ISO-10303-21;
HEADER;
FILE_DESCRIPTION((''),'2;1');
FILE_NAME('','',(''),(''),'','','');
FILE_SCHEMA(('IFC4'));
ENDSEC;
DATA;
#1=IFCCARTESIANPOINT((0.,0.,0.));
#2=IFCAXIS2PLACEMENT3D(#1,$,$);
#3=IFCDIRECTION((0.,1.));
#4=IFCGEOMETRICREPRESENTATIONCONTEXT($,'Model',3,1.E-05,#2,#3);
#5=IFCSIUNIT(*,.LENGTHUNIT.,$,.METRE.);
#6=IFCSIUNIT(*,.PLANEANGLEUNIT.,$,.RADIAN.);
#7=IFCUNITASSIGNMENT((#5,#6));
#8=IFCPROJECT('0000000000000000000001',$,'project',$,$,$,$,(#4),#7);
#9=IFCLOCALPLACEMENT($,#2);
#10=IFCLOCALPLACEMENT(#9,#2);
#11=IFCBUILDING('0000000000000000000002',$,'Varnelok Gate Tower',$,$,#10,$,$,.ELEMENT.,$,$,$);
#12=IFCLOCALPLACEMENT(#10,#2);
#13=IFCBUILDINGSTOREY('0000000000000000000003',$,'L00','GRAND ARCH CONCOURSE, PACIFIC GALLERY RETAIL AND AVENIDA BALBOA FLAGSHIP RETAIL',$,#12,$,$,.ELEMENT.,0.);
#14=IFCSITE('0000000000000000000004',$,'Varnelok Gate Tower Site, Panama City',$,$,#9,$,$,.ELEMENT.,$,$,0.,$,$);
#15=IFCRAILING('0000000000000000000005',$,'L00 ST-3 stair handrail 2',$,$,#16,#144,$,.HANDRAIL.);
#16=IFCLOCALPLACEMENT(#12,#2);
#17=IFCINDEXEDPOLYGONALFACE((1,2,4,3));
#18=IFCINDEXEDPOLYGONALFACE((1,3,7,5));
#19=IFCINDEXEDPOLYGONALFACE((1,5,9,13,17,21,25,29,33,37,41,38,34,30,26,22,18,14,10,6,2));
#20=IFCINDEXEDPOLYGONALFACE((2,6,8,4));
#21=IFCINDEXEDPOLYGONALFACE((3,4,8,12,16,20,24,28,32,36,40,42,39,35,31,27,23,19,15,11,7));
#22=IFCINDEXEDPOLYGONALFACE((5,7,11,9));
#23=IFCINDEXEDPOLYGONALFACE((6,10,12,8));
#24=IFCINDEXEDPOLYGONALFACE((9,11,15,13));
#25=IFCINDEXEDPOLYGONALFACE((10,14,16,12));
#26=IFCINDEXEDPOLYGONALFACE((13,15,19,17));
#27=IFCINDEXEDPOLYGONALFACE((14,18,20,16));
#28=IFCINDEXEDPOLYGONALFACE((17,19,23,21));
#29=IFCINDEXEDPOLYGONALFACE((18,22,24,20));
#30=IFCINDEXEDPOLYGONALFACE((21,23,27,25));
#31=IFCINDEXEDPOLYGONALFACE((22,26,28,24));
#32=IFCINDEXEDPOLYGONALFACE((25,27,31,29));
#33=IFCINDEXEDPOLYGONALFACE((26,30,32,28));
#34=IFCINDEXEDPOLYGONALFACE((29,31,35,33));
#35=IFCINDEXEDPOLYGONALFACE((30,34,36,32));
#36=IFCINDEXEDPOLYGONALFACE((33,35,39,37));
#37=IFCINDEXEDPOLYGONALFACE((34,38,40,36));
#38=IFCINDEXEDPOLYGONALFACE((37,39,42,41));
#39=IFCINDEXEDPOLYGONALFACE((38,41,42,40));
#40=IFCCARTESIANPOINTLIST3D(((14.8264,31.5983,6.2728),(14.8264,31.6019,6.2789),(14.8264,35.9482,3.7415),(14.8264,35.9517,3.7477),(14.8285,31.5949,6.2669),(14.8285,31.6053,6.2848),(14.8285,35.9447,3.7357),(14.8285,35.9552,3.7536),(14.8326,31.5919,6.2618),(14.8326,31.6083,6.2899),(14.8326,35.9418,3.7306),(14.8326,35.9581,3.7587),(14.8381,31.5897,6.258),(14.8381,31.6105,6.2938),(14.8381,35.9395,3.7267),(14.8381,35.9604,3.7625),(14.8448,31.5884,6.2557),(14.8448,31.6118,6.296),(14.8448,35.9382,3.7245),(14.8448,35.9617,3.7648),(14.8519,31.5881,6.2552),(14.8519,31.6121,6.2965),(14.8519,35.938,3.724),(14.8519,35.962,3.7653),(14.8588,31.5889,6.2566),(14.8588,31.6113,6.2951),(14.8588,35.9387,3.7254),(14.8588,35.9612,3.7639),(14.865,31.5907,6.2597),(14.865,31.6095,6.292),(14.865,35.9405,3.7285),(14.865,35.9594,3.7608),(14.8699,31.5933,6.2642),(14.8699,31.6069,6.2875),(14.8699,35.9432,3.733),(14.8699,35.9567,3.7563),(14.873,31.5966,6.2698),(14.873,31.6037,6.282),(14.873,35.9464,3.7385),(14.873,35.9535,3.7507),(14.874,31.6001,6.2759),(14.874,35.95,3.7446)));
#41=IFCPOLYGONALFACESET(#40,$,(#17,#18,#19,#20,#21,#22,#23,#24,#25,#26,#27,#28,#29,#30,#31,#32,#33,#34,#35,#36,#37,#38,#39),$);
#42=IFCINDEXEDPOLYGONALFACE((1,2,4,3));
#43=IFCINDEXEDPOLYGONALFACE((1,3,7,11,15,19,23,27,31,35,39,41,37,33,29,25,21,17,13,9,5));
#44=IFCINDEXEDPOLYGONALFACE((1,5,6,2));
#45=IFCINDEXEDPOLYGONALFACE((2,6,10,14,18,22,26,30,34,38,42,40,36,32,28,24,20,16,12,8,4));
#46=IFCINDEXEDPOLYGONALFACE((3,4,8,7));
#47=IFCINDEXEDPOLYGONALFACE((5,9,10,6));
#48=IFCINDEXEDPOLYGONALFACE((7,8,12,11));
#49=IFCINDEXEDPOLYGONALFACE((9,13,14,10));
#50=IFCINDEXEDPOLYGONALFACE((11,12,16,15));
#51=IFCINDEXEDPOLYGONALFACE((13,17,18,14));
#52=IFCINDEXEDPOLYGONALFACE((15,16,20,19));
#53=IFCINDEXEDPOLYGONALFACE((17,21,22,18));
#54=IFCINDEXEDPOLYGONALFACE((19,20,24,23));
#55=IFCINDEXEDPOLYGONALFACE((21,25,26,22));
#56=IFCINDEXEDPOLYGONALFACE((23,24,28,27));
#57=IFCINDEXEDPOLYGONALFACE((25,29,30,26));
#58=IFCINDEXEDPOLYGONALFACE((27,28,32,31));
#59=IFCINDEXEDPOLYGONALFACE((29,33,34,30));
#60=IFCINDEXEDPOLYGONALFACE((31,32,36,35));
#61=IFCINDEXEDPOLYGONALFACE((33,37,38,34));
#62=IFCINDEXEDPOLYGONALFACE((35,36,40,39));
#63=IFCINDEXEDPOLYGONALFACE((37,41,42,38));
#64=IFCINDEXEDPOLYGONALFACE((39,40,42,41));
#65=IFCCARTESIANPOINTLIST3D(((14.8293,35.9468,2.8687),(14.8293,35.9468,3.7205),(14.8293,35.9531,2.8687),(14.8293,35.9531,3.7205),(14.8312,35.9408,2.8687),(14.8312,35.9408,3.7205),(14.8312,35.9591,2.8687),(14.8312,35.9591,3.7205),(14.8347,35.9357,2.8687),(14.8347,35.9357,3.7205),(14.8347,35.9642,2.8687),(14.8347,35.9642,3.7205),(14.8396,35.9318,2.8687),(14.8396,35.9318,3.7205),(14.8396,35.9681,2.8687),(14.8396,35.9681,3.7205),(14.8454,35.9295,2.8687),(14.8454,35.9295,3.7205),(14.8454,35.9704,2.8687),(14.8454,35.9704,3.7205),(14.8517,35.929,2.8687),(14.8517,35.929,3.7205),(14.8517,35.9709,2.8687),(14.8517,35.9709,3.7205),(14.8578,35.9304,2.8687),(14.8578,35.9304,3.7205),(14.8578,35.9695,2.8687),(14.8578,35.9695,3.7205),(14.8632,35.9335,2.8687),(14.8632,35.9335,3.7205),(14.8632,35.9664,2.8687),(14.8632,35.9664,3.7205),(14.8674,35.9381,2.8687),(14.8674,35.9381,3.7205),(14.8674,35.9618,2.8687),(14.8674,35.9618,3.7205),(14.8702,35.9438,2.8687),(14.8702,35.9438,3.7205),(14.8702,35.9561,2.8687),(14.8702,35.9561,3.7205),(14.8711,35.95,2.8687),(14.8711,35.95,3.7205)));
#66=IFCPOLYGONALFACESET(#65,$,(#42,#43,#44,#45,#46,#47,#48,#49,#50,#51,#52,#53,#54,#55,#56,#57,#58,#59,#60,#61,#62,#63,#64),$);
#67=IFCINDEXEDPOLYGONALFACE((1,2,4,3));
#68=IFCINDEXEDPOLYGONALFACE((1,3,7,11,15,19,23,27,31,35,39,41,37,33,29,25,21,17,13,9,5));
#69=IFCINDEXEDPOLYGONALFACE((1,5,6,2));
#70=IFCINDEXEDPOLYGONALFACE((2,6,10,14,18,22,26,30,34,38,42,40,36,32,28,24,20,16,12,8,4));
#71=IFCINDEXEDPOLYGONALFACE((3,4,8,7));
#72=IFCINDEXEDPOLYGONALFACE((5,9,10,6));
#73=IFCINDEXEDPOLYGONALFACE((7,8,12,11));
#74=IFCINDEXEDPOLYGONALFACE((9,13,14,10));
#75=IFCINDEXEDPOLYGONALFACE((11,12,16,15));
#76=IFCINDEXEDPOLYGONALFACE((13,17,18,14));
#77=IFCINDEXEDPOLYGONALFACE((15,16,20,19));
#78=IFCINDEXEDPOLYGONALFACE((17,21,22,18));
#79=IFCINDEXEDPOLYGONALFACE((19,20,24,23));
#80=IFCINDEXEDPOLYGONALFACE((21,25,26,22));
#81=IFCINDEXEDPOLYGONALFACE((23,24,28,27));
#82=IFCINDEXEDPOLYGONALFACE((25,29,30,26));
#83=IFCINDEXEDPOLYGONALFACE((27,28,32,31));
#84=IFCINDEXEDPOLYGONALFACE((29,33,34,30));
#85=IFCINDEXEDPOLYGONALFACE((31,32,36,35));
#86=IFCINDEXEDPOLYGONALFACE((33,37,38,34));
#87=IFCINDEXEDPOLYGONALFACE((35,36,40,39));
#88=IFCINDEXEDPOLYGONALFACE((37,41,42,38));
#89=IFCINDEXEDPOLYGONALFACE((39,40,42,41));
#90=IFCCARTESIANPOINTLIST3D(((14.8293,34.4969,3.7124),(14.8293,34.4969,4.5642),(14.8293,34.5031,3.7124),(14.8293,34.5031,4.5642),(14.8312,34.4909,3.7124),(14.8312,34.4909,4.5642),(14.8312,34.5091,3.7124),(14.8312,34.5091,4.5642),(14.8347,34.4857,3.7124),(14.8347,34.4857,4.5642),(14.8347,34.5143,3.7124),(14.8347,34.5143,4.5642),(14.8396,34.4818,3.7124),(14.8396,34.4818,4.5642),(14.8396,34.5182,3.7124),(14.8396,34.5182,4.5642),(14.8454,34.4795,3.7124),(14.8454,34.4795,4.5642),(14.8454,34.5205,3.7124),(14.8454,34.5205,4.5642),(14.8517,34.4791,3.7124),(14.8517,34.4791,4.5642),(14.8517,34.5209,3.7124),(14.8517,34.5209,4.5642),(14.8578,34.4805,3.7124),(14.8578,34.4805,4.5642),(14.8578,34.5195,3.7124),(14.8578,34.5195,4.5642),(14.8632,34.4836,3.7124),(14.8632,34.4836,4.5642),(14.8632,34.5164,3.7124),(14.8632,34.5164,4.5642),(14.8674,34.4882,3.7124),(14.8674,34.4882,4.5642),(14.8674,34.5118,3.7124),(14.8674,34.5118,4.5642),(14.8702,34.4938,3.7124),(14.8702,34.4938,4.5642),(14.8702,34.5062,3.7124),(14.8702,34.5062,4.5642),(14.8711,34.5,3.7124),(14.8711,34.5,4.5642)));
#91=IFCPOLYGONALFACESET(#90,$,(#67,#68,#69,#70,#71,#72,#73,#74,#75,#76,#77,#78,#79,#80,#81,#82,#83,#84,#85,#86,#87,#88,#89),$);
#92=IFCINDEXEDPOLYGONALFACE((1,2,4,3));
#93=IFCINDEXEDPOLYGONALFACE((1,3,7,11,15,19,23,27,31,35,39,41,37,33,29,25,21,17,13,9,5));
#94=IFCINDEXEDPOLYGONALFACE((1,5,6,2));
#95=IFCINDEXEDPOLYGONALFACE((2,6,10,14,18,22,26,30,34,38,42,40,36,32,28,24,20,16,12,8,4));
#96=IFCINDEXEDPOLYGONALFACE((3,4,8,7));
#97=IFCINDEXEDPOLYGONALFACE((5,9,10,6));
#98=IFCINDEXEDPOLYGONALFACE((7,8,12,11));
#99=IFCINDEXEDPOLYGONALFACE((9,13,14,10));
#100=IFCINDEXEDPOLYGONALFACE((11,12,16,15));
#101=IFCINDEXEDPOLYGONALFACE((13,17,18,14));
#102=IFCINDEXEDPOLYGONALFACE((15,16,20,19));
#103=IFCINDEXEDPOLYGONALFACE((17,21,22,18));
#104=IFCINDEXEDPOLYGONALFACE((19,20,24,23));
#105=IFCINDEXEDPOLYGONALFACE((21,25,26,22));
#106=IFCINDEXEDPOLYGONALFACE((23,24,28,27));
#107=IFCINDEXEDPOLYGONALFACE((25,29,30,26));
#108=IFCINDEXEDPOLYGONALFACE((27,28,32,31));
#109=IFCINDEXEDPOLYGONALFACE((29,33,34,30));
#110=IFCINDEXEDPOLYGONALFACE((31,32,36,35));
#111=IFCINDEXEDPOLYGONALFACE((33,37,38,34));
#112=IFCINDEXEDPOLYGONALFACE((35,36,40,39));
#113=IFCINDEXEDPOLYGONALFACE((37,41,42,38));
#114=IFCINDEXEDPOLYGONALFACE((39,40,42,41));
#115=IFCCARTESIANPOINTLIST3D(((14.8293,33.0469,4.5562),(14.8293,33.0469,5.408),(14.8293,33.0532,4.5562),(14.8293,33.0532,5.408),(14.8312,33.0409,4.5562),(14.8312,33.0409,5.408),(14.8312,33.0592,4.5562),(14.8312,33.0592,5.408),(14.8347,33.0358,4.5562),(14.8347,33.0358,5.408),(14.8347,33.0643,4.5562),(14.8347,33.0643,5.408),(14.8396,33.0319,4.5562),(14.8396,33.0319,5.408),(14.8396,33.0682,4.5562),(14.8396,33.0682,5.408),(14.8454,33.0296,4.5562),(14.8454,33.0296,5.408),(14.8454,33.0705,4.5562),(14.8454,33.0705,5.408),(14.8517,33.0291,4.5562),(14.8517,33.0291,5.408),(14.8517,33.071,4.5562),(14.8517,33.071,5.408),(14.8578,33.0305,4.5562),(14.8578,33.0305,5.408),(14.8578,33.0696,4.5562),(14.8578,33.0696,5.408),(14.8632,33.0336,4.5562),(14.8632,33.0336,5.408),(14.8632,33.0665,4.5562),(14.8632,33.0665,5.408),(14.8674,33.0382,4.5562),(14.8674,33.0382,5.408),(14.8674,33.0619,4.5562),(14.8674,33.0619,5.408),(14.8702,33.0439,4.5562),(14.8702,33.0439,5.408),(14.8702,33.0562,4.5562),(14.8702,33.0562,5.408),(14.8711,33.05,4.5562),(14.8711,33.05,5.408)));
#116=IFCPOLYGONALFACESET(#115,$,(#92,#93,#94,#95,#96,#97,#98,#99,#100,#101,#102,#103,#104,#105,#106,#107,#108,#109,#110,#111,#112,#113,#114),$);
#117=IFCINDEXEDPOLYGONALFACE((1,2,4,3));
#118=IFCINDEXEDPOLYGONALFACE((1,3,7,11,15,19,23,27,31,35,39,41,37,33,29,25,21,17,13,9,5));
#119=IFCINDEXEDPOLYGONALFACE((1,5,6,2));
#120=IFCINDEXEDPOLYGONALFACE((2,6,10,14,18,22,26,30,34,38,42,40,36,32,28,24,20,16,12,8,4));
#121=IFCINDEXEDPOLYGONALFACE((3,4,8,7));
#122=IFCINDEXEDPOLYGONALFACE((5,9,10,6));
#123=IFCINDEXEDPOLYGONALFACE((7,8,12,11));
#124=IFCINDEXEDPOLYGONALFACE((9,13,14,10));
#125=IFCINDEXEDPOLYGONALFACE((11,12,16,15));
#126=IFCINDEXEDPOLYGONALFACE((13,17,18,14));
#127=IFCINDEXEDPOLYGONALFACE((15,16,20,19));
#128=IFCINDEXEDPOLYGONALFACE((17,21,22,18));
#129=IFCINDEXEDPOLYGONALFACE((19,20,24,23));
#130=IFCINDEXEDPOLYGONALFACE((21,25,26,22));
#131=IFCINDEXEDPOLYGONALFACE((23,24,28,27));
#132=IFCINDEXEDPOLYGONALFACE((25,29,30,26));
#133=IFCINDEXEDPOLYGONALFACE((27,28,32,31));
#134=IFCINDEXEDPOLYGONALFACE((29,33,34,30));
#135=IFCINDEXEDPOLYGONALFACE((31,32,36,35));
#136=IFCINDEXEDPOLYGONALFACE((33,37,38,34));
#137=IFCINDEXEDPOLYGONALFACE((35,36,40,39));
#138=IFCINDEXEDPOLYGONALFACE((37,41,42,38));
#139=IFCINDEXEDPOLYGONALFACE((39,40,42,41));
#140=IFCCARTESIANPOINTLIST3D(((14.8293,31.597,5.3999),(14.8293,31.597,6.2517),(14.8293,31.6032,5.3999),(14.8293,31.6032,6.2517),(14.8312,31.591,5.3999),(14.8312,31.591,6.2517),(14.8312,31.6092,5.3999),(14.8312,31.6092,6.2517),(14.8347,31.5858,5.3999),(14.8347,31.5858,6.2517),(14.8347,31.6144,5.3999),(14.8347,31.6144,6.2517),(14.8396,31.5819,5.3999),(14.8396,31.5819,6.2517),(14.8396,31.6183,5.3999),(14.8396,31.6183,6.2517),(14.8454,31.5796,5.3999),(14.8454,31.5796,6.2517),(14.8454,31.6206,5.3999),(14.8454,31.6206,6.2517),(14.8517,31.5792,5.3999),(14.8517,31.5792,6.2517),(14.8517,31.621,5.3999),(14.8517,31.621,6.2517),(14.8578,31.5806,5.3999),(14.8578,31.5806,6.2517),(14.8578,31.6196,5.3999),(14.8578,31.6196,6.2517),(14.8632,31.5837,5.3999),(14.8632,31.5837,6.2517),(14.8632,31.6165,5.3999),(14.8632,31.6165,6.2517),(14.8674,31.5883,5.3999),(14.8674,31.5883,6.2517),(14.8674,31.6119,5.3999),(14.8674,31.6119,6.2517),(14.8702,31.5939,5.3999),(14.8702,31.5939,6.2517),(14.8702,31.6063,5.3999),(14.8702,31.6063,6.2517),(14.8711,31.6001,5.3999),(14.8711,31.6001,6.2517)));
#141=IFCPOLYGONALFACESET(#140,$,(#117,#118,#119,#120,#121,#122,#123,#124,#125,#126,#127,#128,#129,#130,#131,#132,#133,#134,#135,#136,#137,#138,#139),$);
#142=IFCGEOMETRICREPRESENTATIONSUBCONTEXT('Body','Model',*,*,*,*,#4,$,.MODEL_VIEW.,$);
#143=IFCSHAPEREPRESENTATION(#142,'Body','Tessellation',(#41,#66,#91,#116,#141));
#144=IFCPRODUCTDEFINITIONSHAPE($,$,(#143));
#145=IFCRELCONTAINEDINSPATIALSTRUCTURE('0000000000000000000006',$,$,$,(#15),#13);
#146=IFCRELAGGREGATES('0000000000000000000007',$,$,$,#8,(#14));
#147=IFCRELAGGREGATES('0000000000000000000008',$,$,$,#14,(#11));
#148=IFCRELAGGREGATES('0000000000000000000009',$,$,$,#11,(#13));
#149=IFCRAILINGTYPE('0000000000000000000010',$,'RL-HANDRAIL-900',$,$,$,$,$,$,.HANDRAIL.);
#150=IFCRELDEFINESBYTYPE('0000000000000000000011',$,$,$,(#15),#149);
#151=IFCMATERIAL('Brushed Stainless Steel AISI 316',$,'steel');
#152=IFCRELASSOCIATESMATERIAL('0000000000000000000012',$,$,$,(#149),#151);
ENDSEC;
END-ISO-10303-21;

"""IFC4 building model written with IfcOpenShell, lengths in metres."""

from ifc_helpers import new_model, si_unit, direction, frame, origin, origin_2d, place, context, subcontext, project, spatial, circle, extrude, material, type_object, element, save


model = new_model("IFC4")

# Units and contexts
model_context = context("Model", 3, precision=1e-05, world=origin(), true_north=direction((0.0, 1.0)))
body_context = subcontext(model_context, "Body", "Model", "MODEL_VIEW")
ifc_project = project(units=[si_unit("LENGTHUNIT", "METRE"), si_unit("PLANEANGLEUNIT", "RADIAN")], contexts=[model_context])

# Site, building, storey
site_placement = place(None, origin())
site = spatial("IfcSite", under=ifc_project, at=site_placement, Name="Varnelok Gate Tower Site, Panama City", CompositionType="ELEMENT", RefElevation=0.0)
building_placement = place(site_placement, origin())
building = spatial("IfcBuilding", under=site, at=building_placement, Name="Varnelok Gate Tower", CompositionType="ELEMENT")
storey_placement = place(building_placement, origin())
storey = spatial("IfcBuildingStorey", under=building, at=storey_placement, Name="L00", Description="GRAND ARCH CONCOURSE, PACIFIC GALLERY RETAIL AND AVENIDA BALBOA FLAGSHIP RETAIL", CompositionType="ELEMENT", Elevation=0.0)

# Railing
ifc_material_1 = material(Name="Brushed Stainless Steel AISI 316", Category="steel")
railing_type_1 = type_object("IfcRailingType", Name="RL-HANDRAIL-900", PredefinedType="HANDRAIL", material=ifc_material_1)
railing_1_placement = place(storey_placement, frame((14.8501, 35.95, 2.8687)))
element("IfcRailing", 1, at=railing_1_placement, inside=storey, type_object=railing_type_1, Name="L00 ST-3 stair handrail 2", PredefinedType="HANDRAIL", context=body_context, shape_type="SweptSolid", body=[
    extrude(circle(Radius=0.0239, at=origin_2d()), frame((0.0, 0.0, 0.876), z_axis=(0.0, -0.864312, 0.502957), x_axis=(1.0, 0.0, 0.0)), (0.0, 0.0, 1.0), 5.0327),
    extrude(circle(Radius=0.021, at=origin_2d()), origin(), (0.0, 0.0, 1.0), 0.8518),
    extrude(circle(Radius=0.021, at=origin_2d()), frame((0.0, -1.45, 0.8438)), (0.0, 0.0, 1.0), 0.8518),
    extrude(circle(Radius=0.021, at=origin_2d()), frame((0.0, -2.8999, 1.6875)), (0.0, 0.0, 1.0), 0.8518),
    extrude(circle(Radius=0.021, at=origin_2d()), frame((0.0, -4.3499, 2.5312)), (0.0, 0.0, 1.0), 0.8518),
])

save(model, "model.ifc")
